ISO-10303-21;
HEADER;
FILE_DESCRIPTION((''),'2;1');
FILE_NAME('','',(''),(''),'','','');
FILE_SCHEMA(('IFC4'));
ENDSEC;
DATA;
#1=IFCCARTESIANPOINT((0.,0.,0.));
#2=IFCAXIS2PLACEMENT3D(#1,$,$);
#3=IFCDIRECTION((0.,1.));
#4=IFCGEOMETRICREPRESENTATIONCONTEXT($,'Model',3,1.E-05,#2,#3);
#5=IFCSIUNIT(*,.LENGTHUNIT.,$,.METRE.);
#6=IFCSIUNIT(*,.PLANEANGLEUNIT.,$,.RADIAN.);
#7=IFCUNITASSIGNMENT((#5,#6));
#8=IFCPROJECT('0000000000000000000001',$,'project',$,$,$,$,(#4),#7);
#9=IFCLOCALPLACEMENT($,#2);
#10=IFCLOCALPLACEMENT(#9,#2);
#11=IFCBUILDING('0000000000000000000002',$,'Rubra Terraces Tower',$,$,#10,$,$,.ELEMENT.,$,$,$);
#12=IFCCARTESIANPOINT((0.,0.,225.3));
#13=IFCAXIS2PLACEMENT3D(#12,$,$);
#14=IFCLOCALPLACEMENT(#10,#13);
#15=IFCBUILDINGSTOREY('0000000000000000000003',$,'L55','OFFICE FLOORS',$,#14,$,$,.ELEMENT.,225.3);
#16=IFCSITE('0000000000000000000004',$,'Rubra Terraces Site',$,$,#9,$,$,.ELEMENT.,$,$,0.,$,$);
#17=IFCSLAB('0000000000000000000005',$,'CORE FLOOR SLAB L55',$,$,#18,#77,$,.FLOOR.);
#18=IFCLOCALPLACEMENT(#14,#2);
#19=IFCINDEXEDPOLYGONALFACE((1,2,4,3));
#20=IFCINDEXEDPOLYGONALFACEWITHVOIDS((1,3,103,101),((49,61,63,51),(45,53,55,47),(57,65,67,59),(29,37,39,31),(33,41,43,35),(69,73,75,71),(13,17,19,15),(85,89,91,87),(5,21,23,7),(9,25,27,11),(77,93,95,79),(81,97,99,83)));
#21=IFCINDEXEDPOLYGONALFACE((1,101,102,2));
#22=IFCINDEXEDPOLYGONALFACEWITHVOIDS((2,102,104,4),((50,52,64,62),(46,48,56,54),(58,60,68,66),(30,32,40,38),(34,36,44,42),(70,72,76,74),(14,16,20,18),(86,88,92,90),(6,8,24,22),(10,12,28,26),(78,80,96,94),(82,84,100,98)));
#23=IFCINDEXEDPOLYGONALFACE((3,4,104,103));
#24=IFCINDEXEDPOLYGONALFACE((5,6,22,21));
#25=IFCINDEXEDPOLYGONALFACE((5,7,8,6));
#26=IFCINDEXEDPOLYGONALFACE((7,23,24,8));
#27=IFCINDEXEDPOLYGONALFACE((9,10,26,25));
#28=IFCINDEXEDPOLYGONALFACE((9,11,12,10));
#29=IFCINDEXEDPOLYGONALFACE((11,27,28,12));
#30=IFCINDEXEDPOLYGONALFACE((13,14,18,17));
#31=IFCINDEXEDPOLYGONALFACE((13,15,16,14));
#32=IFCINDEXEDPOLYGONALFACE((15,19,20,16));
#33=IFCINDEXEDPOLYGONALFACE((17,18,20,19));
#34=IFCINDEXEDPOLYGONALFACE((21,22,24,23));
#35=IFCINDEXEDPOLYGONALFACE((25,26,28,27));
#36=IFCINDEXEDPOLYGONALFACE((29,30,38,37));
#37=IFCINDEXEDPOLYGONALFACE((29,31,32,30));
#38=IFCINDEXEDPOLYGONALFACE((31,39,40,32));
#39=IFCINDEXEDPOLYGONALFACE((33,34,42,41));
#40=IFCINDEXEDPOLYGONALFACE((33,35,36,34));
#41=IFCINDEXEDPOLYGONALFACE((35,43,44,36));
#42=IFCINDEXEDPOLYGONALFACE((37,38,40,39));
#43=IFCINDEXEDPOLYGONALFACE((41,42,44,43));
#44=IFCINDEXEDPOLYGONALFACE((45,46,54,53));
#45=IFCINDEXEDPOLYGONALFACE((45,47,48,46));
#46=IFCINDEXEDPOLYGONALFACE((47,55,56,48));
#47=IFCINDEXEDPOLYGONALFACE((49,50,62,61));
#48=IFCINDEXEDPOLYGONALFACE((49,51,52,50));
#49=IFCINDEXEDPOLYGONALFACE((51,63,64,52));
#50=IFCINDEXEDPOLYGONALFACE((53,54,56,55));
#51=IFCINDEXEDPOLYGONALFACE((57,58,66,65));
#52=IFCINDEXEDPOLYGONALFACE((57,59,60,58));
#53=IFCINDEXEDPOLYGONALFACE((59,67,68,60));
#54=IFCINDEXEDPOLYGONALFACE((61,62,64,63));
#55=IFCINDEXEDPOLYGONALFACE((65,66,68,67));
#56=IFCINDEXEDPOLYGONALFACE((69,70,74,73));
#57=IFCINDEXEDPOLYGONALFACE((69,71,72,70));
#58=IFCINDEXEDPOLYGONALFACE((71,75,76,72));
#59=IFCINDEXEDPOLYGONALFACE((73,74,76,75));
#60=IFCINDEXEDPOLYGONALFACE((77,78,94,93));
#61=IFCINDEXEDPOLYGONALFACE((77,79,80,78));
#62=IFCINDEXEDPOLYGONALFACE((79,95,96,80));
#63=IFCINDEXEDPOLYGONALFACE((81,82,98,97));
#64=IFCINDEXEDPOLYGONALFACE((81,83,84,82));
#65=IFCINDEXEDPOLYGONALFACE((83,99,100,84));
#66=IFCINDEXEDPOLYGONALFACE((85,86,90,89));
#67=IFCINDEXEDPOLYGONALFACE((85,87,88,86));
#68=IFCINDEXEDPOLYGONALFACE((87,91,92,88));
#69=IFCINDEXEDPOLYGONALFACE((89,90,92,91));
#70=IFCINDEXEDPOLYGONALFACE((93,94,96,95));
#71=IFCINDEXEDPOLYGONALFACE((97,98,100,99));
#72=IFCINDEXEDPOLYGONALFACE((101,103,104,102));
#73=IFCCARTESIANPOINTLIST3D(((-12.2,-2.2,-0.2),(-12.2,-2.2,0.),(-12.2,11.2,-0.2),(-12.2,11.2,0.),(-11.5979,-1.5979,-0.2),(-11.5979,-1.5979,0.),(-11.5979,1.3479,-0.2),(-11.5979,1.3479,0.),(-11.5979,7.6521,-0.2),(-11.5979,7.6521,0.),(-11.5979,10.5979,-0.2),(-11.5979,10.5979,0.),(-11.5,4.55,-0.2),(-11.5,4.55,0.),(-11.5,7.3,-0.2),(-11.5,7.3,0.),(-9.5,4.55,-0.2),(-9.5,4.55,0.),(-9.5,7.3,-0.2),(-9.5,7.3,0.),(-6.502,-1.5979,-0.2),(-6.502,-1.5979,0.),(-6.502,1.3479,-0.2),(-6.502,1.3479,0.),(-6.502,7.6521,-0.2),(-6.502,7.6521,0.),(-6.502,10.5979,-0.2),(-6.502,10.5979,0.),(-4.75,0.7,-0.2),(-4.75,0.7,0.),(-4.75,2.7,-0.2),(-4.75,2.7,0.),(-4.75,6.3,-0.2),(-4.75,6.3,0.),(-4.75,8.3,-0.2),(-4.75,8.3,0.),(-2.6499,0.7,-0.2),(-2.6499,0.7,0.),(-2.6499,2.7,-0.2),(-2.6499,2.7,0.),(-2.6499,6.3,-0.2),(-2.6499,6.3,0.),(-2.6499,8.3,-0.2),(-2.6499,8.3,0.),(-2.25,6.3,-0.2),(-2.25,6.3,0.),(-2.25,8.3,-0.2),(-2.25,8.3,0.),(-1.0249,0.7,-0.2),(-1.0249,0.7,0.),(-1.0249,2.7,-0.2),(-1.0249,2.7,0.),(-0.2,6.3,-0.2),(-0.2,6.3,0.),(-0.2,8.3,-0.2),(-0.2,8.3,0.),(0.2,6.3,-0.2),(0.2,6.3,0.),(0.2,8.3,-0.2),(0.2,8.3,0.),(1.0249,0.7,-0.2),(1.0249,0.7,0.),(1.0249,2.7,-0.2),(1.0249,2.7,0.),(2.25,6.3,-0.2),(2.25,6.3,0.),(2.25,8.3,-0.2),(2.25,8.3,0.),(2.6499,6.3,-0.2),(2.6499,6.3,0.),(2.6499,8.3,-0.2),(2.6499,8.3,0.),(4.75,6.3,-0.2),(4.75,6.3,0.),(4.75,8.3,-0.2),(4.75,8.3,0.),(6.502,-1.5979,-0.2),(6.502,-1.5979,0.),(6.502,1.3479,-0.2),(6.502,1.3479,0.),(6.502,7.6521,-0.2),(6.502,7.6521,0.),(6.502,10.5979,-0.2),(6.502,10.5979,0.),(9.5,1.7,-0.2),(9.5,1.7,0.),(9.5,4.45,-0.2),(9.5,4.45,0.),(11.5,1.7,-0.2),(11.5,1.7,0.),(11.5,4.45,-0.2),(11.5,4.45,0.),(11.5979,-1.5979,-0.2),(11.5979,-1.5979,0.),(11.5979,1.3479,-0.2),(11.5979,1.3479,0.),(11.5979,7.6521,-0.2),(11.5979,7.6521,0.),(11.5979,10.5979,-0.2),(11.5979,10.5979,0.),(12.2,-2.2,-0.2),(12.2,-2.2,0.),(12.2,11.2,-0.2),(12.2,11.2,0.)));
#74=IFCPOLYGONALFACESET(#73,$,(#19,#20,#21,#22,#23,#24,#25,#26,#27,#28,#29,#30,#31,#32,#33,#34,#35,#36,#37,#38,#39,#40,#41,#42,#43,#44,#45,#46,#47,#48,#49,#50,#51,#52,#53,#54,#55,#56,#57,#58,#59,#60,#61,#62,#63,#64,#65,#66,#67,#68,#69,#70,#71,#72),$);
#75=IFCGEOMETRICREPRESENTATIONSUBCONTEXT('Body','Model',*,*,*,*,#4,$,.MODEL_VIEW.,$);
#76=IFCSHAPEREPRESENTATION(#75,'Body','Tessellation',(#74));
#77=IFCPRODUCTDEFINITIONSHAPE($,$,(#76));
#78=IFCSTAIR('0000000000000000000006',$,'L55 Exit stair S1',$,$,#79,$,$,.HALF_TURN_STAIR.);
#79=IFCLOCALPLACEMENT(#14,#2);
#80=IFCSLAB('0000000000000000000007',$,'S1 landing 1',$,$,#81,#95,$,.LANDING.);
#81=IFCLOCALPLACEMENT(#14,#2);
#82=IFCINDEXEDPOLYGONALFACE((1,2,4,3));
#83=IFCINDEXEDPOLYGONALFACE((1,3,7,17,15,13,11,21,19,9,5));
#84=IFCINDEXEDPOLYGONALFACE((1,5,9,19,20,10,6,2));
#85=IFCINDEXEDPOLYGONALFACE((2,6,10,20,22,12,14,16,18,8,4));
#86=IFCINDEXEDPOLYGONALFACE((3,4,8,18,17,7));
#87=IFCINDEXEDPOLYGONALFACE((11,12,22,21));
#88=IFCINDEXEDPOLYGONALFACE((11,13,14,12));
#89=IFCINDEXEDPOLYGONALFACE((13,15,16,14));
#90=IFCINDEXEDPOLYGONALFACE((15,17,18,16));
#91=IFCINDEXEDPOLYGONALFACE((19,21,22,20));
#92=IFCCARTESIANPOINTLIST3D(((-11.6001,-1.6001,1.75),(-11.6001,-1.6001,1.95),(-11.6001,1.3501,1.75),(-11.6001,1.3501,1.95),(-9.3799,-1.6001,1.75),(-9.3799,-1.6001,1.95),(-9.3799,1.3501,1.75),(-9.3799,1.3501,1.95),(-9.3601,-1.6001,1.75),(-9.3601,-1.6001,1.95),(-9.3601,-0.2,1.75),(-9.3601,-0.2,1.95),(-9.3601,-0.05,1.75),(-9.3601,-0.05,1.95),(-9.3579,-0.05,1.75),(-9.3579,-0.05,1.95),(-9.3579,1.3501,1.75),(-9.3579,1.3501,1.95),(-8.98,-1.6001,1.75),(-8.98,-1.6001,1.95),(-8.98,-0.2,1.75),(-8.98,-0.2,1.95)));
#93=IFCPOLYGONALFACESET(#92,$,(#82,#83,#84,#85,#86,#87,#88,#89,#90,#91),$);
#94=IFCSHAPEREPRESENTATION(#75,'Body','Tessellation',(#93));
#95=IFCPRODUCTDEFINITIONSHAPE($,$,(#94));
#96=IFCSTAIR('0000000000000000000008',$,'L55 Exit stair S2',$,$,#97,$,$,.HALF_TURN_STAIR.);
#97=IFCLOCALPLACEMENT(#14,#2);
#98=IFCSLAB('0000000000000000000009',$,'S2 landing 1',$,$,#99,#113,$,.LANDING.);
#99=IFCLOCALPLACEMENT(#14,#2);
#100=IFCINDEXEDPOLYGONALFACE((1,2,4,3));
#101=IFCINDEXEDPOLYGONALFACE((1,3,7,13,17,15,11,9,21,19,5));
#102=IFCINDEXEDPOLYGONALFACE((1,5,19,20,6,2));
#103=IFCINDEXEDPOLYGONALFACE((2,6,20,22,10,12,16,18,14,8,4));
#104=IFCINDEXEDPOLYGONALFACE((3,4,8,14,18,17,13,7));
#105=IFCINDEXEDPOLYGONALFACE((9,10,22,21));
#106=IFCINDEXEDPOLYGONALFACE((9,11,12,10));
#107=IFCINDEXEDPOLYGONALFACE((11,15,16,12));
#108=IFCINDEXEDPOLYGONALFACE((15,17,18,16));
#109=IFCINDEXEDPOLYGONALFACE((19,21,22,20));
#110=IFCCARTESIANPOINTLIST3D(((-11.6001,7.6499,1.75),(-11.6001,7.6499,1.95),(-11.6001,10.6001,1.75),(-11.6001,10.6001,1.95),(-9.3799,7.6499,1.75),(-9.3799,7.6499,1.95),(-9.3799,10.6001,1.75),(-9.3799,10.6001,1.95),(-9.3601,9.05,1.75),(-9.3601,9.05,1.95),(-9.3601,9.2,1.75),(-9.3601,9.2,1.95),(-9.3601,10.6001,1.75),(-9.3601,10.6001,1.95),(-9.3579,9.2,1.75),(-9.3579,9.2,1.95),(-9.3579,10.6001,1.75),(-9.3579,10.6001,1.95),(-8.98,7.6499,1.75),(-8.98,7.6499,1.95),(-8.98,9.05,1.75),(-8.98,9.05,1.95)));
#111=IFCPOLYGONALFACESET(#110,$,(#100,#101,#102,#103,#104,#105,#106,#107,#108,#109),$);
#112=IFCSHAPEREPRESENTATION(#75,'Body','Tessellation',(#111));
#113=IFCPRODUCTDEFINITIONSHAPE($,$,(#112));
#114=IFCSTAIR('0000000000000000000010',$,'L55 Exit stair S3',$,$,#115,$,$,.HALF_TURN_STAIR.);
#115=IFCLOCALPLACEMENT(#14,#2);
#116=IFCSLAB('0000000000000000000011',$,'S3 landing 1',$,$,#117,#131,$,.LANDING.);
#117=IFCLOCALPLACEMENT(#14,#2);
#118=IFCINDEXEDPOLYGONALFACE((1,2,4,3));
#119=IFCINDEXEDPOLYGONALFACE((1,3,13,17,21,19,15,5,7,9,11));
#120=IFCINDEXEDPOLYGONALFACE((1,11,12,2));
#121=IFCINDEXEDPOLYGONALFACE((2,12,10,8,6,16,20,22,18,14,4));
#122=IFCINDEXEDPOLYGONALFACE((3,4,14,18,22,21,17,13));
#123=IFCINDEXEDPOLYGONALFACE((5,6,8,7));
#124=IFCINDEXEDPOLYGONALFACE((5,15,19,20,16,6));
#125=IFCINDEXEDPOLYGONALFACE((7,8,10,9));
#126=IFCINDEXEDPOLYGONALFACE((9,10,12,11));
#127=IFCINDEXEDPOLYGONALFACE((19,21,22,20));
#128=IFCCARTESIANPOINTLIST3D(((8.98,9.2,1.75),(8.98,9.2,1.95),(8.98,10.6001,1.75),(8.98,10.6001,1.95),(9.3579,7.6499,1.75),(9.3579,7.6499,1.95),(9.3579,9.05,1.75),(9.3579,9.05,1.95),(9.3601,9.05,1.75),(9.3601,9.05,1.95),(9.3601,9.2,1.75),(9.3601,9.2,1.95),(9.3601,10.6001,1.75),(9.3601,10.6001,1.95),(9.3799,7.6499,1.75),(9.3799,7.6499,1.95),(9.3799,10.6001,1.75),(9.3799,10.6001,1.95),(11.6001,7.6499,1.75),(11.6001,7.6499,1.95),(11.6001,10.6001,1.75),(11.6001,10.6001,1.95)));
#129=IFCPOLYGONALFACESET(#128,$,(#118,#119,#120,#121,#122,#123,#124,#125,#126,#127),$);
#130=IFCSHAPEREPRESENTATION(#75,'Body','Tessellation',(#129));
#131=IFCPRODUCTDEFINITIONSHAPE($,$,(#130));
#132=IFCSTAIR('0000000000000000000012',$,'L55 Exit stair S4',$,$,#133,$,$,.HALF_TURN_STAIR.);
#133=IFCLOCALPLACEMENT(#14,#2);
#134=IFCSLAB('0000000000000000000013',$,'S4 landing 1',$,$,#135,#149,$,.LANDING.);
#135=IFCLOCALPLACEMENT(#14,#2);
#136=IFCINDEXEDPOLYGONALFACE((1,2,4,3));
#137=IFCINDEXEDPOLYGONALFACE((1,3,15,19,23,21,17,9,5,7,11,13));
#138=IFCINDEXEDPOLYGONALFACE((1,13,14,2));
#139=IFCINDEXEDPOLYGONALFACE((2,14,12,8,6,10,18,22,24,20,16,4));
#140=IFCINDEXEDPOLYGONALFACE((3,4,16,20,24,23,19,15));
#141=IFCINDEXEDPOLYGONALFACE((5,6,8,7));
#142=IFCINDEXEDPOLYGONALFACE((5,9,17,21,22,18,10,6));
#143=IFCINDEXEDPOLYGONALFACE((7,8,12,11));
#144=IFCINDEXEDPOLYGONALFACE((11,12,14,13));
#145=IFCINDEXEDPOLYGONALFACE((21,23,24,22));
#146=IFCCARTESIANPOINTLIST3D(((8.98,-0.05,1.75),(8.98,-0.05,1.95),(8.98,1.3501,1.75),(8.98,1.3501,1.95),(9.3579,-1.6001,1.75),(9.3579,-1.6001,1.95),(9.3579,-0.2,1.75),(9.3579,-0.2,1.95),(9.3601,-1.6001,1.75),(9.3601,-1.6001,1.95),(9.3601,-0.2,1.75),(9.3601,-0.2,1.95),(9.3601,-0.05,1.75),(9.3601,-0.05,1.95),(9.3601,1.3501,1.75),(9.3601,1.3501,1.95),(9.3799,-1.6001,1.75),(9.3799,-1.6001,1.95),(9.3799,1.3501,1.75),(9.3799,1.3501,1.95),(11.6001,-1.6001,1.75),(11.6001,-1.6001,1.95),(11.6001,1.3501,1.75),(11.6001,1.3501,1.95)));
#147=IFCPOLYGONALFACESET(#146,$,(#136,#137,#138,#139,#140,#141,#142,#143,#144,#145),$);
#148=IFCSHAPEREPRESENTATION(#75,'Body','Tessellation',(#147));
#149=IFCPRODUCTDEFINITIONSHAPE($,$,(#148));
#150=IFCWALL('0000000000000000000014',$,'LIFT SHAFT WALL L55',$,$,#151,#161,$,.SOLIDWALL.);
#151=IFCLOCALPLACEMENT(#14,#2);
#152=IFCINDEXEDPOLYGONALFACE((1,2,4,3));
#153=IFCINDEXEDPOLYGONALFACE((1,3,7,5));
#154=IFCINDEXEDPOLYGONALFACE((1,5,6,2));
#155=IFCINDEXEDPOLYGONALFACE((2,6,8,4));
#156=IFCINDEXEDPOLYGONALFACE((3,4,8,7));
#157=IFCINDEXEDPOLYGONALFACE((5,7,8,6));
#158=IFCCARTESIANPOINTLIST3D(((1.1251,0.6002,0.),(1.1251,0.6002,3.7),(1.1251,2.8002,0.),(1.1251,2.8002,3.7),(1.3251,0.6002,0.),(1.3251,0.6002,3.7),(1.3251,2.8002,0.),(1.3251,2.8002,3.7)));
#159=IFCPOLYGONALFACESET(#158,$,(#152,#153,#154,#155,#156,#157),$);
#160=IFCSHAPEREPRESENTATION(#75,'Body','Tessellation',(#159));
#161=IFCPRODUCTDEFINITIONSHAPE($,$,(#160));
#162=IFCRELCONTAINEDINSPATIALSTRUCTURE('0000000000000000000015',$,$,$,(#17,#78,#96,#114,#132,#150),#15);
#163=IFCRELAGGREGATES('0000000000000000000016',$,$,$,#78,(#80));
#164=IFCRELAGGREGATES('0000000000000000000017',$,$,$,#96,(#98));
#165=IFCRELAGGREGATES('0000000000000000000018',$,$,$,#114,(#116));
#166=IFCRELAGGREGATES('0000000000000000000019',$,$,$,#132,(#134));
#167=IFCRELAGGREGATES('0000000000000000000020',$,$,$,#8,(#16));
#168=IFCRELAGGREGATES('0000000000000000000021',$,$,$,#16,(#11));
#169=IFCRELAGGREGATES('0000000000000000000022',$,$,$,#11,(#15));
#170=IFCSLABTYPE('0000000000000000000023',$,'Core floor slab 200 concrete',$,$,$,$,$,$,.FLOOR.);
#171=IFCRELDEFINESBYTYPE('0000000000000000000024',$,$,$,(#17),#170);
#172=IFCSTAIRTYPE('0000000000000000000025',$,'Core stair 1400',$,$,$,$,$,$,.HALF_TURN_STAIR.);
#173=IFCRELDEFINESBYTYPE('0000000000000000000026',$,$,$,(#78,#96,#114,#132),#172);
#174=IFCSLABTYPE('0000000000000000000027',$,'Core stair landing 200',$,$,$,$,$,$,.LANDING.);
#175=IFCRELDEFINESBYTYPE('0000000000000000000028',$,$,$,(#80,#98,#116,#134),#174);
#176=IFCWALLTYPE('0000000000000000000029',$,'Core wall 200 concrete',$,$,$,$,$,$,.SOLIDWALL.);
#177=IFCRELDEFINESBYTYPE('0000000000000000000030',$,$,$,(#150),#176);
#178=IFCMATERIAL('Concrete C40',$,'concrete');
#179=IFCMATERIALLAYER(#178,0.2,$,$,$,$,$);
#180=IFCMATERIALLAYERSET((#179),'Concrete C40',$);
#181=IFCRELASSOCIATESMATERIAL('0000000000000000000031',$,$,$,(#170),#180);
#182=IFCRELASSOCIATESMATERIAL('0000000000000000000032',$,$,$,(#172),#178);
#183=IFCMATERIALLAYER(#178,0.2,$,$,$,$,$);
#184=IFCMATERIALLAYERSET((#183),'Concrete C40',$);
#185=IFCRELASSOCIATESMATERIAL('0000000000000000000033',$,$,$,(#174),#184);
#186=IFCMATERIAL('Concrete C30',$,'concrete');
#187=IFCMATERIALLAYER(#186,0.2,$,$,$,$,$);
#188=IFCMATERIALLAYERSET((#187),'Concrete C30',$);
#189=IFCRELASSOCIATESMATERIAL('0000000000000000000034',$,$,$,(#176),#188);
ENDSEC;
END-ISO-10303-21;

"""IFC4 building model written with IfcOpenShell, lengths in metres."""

from ifc_helpers import new_model, si_unit, direction, frame, frame_2d, origin, place, context, subcontext, project, spatial, polyline, rectangle, outline, extrude, material, layer, layer_set, type_object, element, aggregate, save


model = new_model("IFC4")

# Units and contexts
model_context = context("Model", 3, precision=1e-05, world=origin(), true_north=direction((0.0, 1.0)))
body_context = subcontext(model_context, "Body", "Model", "MODEL_VIEW")
ifc_project = project(units=[si_unit("LENGTHUNIT", "METRE"), si_unit("PLANEANGLEUNIT", "RADIAN")], contexts=[model_context])

# Site, building, storey
site_placement = place(None, origin())
site = spatial("IfcSite", under=ifc_project, at=site_placement, Name="Rubra Terraces Site", CompositionType="ELEMENT", RefElevation=0.0)
building_placement = place(site_placement, origin())
building = spatial("IfcBuilding", under=site, at=building_placement, Name="Rubra Terraces Tower", CompositionType="ELEMENT")
storey_placement = place(building_placement, frame((0.0, 0.0, 225.3)))
storey = spatial("IfcBuildingStorey", under=building, at=storey_placement, Name="L55", Description="OFFICE FLOORS", CompositionType="ELEMENT", Elevation=225.3)

# Slab
ifc_material_1 = material(Name="Concrete C40", Category="concrete")
ifc_layer_1 = layer(ifc_material_1, 0.2)
ifc_layer_set_1 = layer_set([ifc_layer_1], Name="Concrete C40")
slab_type_1 = type_object("IfcSlabType", Name="Core floor slab 200 concrete", PredefinedType="FLOOR", material=ifc_layer_set_1)
slab_1_placement = place(storey_placement, frame((0.0, 0.0, -0.2)))
element("IfcSlab", 1, at=slab_1_placement, inside=storey, type_object=slab_type_1, Name="CORE FLOOR SLAB L55", PredefinedType="FLOOR", context=body_context, shape_type="SweptSolid", body=[
    extrude(outline(polyline([(-12.2, -2.2), (-12.2, 11.2), (12.2, 11.2), (12.2, -2.2), (-12.2, -2.2)]), holes=[polyline([(11.5979, 1.3479), (6.502, 1.3479), (6.502, -1.5979), (11.5979, -1.5979), (11.5979, 1.3479)]), polyline([(11.5979, 7.6521), (11.5979, 10.5979), (6.502, 10.5979), (6.502, 7.6521), (11.5979, 7.6521)]), polyline([(9.5, 1.7), (11.5, 1.7), (11.5, 4.45), (9.5, 4.45), (9.5, 1.7)]), polyline([(4.75, 6.3), (4.75, 8.3), (2.6499, 8.3), (2.6499, 6.3), (4.75, 6.3)]), polyline([(2.25, 8.3), (0.2, 8.3), (0.2, 6.3), (2.25, 6.3), (2.25, 8.3)]), polyline([(1.0249, 0.7), (1.0249, 2.7), (-1.0249, 2.7), (-1.0249, 0.7), (1.0249, 0.7)]), polyline([(-0.2, 6.3), (-0.2, 8.3), (-2.25, 8.3), (-2.25, 6.3), (-0.2, 6.3)]), polyline([(-4.75, 8.3), (-4.75, 6.3), (-2.6499, 6.3), (-2.6499, 8.3), (-4.75, 8.3)]), polyline([(-2.6499, 0.7), (-2.6499, 2.7), (-4.75, 2.7), (-4.75, 0.7), (-2.6499, 0.7)]), polyline([(-11.5979, -1.5979), (-6.502, -1.5979), (-6.502, 1.3479), (-11.5979, 1.3479), (-11.5979, -1.5979)]), polyline([(-11.5979, 10.5979), (-11.5979, 7.6521), (-6.502, 7.6521), (-6.502, 10.5979), (-11.5979, 10.5979)]), polyline([(-9.5, 4.55), (-9.5, 7.3), (-11.5, 7.3), (-11.5, 4.55), (-9.5, 4.55)])]), origin(), (0.0, 0.0, 1.0), 0.2),
])

# Stairs, slabs
stair_type = type_object("IfcStairType", Name="Core stair 1400", PredefinedType="HALF_TURN_STAIR", material=ifc_material_1)
stair_1_placement = place(storey_placement, origin())
stair_1 = element("IfcStair", 2, at=stair_1_placement, inside=storey, type_object=stair_type, Name="L55 Exit stair S1", PredefinedType="HALF_TURN_STAIR")
ifc_layer_2 = layer(ifc_material_1, 0.2)
ifc_layer_set_2 = layer_set([ifc_layer_2], Name="Concrete C40")
slab_type_2 = type_object("IfcSlabType", Name="Core stair landing 200", PredefinedType="LANDING", material=ifc_layer_set_2)
slab_2_placement = place(storey_placement, frame((0.0, 0.0, 1.75)))
slab_2 = element("IfcSlab", 3, at=slab_2_placement, type_object=slab_type_2, Name="S1 landing 1", PredefinedType="LANDING", context=body_context, shape_type="SweptSolid", body=[
    extrude(outline(polyline([(-8.98, -0.2), (-8.98, -1.6001), (-9.3601, -1.6001), (-9.3799, -1.6001), (-11.6001, -1.6001), (-11.6001, 1.3501), (-9.3799, 1.3501), (-9.3579, 1.3501), (-9.3579, -0.05), (-9.3601, -0.05), (-9.3601, -0.2), (-8.98, -0.2)])), origin(), (0.0, 0.0, 1.0), 0.2),
])
aggregate(stair_1, [slab_2])
stair_2_placement = place(storey_placement, origin())
stair_2 = element("IfcStair", 4, at=stair_2_placement, inside=storey, type_object=stair_type, Name="L55 Exit stair S2", PredefinedType="HALF_TURN_STAIR")
slab_3_placement = place(storey_placement, frame((0.0, 0.0, 1.75)))
slab_3 = element("IfcSlab", 5, at=slab_3_placement, type_object=slab_type_2, Name="S2 landing 1", PredefinedType="LANDING", context=body_context, shape_type="SweptSolid", body=[
    extrude(outline(polyline([(-8.98, 9.05), (-8.98, 7.6499), (-9.3799, 7.6499), (-11.6001, 7.6499), (-11.6001, 10.6001), (-9.3799, 10.6001), (-9.3601, 10.6001), (-9.3579, 10.6001), (-9.3579, 9.2), (-9.3601, 9.2), (-9.3601, 9.05), (-8.98, 9.05)])), origin(), (0.0, 0.0, 1.0), 0.2),
])
aggregate(stair_2, [slab_3])
stair_3_placement = place(storey_placement, origin())
stair_3 = element("IfcStair", 6, at=stair_3_placement, inside=storey, type_object=stair_type, Name="L55 Exit stair S3", PredefinedType="HALF_TURN_STAIR")
slab_4_placement = place(storey_placement, frame((0.0, 0.0, 1.75)))
slab_4 = element("IfcSlab", 7, at=slab_4_placement, type_object=slab_type_2, Name="S3 landing 1", PredefinedType="LANDING", context=body_context, shape_type="SweptSolid", body=[
    extrude(outline(polyline([(9.3601, 9.05), (9.3601, 9.2), (8.98, 9.2), (8.98, 10.6001), (9.3601, 10.6001), (9.3799, 10.6001), (11.6001, 10.6001), (11.6001, 7.6499), (9.3799, 7.6499), (9.3579, 7.6499), (9.3579, 9.05), (9.3601, 9.05)])), origin(), (0.0, 0.0, 1.0), 0.2),
])
aggregate(stair_3, [slab_4])
stair_4_placement = place(storey_placement, origin())
stair_4 = element("IfcStair", 8, at=stair_4_placement, inside=storey, type_object=stair_type, Name="L55 Exit stair S4", PredefinedType="HALF_TURN_STAIR")
slab_5_placement = place(storey_placement, frame((0.0, 0.0, 1.75)))
slab_5 = element("IfcSlab", 9, at=slab_5_placement, type_object=slab_type_2, Name="S4 landing 1", PredefinedType="LANDING", context=body_context, shape_type="SweptSolid", body=[
    extrude(outline(polyline([(9.3601, -0.2), (9.3601, -0.05), (8.98, -0.05), (8.98, 1.3501), (9.3601, 1.3501), (9.3799, 1.3501), (11.6001, 1.3501), (11.6001, -1.6001), (9.3799, -1.6001), (9.3601, -1.6001), (9.3579, -1.6001), (9.3579, -0.2), (9.3601, -0.2)])), origin(), (0.0, 0.0, 1.0), 0.2),
])

# Wall
ifc_material_2 = material(Name="Concrete C30", Category="concrete")
ifc_layer_3 = layer(ifc_material_2, 0.2)
ifc_layer_set_3 = layer_set([ifc_layer_3], Name="Concrete C30")
wall_type_1 = type_object("IfcWallType", Name="Core wall 200 concrete", PredefinedType="SOLIDWALL", material=ifc_layer_set_3)
wall_1_placement = place(storey_placement, frame((1.2251, 0.6001, 0.0), z_axis=(0.0, 0.0, 1.0), x_axis=(0.0, 1.0, 0.0)))
element("IfcWall", 10, at=wall_1_placement, inside=storey, type_object=wall_type_1, Name="LIFT SHAFT WALL L55", PredefinedType="SOLIDWALL", context=body_context, shape_type="SweptSolid", body=[
    extrude(rectangle(XDim=2.2, YDim=0.2, at=frame_2d((1.1001, 0.0))), origin(), (0.0, 0.0, 1.0), 3.7),
])

aggregate(stair_4, [slab_5])

save(model, "model.ifc")
